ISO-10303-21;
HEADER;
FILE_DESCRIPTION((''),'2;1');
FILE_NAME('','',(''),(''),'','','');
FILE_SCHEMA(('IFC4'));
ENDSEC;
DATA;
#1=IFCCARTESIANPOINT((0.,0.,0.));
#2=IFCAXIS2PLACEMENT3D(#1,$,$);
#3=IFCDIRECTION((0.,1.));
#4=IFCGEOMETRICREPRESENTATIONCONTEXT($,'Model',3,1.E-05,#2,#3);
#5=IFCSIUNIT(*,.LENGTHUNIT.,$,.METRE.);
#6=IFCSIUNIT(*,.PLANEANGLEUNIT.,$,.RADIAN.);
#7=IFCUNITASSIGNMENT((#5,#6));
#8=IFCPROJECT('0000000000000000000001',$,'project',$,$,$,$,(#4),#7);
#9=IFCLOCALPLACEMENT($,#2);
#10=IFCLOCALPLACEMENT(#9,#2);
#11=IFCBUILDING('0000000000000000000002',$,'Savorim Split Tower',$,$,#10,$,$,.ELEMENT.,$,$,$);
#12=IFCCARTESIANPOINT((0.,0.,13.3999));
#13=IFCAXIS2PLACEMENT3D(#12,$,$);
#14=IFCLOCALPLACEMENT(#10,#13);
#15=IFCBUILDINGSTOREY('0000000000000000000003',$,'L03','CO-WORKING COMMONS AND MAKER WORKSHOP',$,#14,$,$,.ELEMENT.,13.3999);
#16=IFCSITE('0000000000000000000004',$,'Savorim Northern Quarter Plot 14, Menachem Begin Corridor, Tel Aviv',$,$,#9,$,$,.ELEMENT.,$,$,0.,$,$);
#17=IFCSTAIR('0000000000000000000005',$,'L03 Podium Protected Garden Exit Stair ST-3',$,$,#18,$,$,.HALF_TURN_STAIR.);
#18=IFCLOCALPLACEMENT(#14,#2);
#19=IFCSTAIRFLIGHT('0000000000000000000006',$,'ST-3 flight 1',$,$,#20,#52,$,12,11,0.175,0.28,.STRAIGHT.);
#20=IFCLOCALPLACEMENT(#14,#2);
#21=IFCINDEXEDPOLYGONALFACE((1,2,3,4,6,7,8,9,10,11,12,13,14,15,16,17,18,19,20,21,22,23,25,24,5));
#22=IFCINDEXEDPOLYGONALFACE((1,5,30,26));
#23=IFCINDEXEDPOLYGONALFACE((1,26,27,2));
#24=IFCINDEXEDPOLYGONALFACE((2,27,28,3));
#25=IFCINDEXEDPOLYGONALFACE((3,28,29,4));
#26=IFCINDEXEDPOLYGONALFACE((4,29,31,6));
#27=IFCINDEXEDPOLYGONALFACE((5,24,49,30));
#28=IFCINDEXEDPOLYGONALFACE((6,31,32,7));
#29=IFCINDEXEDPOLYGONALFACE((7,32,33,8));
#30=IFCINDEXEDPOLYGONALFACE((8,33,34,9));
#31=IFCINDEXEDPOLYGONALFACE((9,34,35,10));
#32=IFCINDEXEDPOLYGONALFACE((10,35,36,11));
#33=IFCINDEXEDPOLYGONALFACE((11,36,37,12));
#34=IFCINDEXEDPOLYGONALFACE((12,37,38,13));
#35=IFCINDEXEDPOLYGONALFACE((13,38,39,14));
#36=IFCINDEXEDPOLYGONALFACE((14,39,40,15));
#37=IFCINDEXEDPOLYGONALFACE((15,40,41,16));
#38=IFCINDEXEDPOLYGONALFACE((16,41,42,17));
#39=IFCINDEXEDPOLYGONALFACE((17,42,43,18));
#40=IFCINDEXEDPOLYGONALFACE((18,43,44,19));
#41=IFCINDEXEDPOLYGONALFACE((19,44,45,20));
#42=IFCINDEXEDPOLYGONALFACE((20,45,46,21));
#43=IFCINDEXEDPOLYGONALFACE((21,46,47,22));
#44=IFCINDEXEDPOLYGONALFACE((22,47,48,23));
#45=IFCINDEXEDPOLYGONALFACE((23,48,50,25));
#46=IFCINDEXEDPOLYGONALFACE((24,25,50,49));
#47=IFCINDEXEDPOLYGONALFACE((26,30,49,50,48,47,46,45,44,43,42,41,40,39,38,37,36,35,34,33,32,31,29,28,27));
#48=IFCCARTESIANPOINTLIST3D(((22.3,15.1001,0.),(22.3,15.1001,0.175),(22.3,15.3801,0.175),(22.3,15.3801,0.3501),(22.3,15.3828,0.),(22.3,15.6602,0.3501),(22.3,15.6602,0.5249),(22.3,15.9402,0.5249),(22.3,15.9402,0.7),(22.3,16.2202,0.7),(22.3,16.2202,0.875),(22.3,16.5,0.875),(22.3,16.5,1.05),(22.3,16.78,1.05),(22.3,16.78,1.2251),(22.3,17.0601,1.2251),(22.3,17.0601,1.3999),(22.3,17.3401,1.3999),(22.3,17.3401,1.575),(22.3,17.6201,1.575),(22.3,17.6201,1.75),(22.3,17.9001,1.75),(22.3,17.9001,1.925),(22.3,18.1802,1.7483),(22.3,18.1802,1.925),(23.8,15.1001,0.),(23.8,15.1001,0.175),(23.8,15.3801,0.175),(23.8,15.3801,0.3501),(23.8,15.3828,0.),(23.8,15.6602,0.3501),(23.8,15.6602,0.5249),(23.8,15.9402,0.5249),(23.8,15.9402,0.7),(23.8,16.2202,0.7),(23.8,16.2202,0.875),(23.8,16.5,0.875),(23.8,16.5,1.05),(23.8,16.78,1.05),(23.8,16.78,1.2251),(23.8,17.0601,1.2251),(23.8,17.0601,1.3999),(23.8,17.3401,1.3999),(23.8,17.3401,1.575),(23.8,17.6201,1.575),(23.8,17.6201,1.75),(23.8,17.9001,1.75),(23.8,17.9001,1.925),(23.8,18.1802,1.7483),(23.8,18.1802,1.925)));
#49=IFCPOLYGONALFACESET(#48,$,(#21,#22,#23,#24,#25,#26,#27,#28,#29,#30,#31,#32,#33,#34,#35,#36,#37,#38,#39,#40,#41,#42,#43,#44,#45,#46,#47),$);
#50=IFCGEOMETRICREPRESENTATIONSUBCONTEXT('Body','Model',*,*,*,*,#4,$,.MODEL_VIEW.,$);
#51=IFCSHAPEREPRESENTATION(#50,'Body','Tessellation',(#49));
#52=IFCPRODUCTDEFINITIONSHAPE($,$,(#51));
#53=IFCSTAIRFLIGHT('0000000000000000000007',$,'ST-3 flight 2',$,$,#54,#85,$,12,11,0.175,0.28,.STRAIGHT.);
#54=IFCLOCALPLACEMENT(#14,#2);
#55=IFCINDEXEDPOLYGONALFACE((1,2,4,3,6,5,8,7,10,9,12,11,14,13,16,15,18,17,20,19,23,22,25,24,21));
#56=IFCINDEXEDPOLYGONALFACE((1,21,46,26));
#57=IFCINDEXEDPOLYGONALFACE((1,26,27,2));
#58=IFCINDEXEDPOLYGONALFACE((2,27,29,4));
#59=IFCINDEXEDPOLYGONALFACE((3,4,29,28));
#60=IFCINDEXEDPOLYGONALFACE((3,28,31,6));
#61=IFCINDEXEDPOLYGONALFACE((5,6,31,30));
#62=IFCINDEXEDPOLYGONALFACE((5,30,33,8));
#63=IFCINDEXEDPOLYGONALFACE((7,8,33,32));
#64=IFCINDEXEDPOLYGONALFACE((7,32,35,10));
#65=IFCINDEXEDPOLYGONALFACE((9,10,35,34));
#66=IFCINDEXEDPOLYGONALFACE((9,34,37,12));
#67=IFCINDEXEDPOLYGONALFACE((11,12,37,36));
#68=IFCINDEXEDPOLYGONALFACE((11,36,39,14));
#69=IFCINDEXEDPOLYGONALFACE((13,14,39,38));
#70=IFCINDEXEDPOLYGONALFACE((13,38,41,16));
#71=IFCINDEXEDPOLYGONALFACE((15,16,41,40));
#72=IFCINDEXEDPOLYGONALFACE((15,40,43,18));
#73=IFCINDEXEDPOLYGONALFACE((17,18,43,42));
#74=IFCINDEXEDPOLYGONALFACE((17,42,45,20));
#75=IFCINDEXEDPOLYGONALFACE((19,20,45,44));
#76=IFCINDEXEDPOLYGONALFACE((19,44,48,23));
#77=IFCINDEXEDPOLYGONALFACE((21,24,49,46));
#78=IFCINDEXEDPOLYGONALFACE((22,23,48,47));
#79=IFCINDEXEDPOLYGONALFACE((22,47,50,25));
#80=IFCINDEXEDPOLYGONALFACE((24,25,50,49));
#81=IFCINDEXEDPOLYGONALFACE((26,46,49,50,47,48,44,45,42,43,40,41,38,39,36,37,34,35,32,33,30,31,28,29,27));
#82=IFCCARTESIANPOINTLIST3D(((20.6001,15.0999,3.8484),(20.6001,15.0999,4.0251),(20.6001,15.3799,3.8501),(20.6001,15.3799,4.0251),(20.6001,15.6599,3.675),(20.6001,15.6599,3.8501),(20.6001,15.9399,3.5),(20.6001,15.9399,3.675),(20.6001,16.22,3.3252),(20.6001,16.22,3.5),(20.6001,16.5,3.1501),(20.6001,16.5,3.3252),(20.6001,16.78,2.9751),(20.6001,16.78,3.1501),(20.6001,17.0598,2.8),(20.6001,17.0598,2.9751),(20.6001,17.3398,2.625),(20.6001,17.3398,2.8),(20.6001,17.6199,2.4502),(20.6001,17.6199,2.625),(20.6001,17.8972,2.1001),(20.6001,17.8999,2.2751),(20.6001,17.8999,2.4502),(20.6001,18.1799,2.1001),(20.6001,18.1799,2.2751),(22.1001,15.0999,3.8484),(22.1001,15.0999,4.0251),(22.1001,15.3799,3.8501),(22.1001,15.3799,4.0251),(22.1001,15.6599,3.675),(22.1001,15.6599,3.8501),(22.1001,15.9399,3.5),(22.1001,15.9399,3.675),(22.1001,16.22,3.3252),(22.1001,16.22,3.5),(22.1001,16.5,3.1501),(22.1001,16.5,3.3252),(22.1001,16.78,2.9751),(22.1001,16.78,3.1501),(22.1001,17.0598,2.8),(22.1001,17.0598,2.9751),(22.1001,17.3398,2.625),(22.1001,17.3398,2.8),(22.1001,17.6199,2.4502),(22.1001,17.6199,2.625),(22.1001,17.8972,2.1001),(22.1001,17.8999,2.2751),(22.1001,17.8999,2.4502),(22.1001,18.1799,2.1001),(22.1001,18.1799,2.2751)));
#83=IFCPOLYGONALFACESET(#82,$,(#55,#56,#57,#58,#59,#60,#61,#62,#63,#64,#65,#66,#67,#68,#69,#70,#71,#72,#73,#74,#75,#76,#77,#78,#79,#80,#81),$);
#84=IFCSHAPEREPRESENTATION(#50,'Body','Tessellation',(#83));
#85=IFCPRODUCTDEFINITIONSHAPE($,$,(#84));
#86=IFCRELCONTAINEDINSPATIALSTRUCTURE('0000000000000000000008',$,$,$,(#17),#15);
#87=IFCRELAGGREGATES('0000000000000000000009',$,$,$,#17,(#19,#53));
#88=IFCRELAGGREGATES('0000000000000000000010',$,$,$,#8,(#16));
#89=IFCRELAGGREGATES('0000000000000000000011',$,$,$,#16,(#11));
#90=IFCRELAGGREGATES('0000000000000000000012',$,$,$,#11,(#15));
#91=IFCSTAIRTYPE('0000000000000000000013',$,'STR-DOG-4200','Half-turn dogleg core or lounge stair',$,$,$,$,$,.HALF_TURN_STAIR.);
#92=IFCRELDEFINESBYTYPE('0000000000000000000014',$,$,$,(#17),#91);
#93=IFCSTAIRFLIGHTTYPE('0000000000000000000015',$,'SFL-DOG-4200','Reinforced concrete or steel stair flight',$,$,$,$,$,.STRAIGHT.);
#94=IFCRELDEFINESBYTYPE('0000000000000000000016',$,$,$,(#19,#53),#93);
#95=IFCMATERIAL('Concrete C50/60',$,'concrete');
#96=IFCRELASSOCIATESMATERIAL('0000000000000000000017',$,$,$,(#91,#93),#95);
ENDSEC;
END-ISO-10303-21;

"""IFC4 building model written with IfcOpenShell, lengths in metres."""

from ifc_helpers import new_model, si_unit, direction, frame, origin, place, context, subcontext, project, spatial, polyline, outline, extrude, material, type_object, element, aggregate, save


model = new_model("IFC4")

# Units and contexts
model_context = context("Model", 3, precision=1e-05, world=origin(), true_north=direction((0.0, 1.0)))
body_context = subcontext(model_context, "Body", "Model", "MODEL_VIEW")
ifc_project = project(units=[si_unit("LENGTHUNIT", "METRE"), si_unit("PLANEANGLEUNIT", "RADIAN")], contexts=[model_context])

# Site, building, storey
site_placement = place(None, origin())
site = spatial("IfcSite", under=ifc_project, at=site_placement, Name="Savorim Northern Quarter Plot 14, Menachem Begin Corridor, Tel Aviv", CompositionType="ELEMENT", RefElevation=0.0)
building_placement = place(site_placement, origin())
building = spatial("IfcBuilding", under=site, at=building_placement, Name="Savorim Split Tower", CompositionType="ELEMENT")
storey_placement = place(building_placement, frame((0.0, 0.0, 13.3999)))
storey = spatial("IfcBuildingStorey", under=building, at=storey_placement, Name="L03", Description="CO-WORKING COMMONS AND MAKER WORKSHOP", CompositionType="ELEMENT", Elevation=13.3999)

# Shared definitions
ifc_material_1 = material(Name="Concrete C50/60", Category="concrete")

# Stair, stair flights
stair_type = type_object("IfcStairType", Name="STR-DOG-4200", Description="Half-turn dogleg core or lounge stair", PredefinedType="HALF_TURN_STAIR", material=ifc_material_1)
stair_placement = place(storey_placement, origin())
stair = element("IfcStair", 1, at=stair_placement, inside=storey, type_object=stair_type, Name="L03 Podium Protected Garden Exit Stair ST-3", PredefinedType="HALF_TURN_STAIR")
stair_flight_type = type_object("IfcStairFlightType", Name="SFL-DOG-4200", Description="Reinforced concrete or steel stair flight", PredefinedType="STRAIGHT", material=ifc_material_1)
stair_flight_1_placement = place(storey_placement, frame((23.05, 15.1001, 0.0), z_axis=(0.0, 0.0, 1.0), x_axis=(0.0, 1.0, 0.0)))
stair_flight_1 = element("IfcStairFlight", 2, at=stair_flight_1_placement, type_object=stair_flight_type, Name="ST-3 flight 1", NumberOfRisers=12, NumberOfTreads=11, PredefinedType="STRAIGHT", RiserHeight=0.175, TreadLength=0.28, context=body_context, shape_type="SweptSolid", body=[
    extrude(outline(polyline([(0.0, 0.0), (0.0, 0.175), (0.28, 0.175), (0.28, 0.3501), (0.5601, 0.3501), (0.5601, 0.5249), (0.8401, 0.5249), (0.8401, 0.7), (1.1201, 0.7), (1.1201, 0.875), (1.3999, 0.875), (1.3999, 1.05), (1.6799, 1.05), (1.6799, 1.2251), (1.96, 1.2251), (1.96, 1.3999), (2.24, 1.3999), (2.24, 1.575), (2.52, 1.575), (2.52, 1.75), (2.8, 1.75), (2.8, 1.925), (3.0801, 1.925), (3.0801, 2.1001), (3.0801, 1.7483), (0.2827, 0.0), (0.0, 0.0)])), frame((0.0, 0.75, 0.0), z_axis=(0.0, -1.0, 0.0), x_axis=(1.0, 0.0, 0.0)), (0.0, 0.0, 1.0), 1.5),
])
stair_flight_2_placement = place(storey_placement, frame((21.3501, 18.1799, 2.1001), z_axis=(0.0, 0.0, 1.0), x_axis=(0.0, -1.0, 0.0)))
stair_flight_2 = element("IfcStairFlight", 3, at=stair_flight_2_placement, type_object=stair_flight_type, Name="ST-3 flight 2", NumberOfRisers=12, NumberOfTreads=11, PredefinedType="STRAIGHT", RiserHeight=0.175, TreadLength=0.28, context=body_context, shape_type="SweptSolid", body=[
    extrude(outline(polyline([(0.0, 0.0), (0.0, 0.175), (0.28, 0.175), (0.28, 0.3501), (0.5601, 0.3501), (0.5601, 0.5249), (0.8401, 0.5249), (0.8401, 0.7), (1.1201, 0.7), (1.1201, 0.875), (1.3999, 0.875), (1.3999, 1.05), (1.6799, 1.05), (1.6799, 1.2251), (1.96, 1.2251), (1.96, 1.3999), (2.24, 1.3999), (2.24, 1.575), (2.52, 1.575), (2.52, 1.75), (2.8, 1.75), (2.8, 1.925), (3.0801, 1.925), (3.0801, 2.1001), (3.0801, 1.7483), (0.2827, 0.0), (0.0, 0.0)])), frame((0.0, 0.75, 0.0), z_axis=(0.0, -1.0, 0.0), x_axis=(1.0, 0.0, 0.0)), (0.0, 0.0, 1.0), 1.5),
])
aggregate(stair, [stair_flight_1, stair_flight_2])

save(model, "model.ifc")
